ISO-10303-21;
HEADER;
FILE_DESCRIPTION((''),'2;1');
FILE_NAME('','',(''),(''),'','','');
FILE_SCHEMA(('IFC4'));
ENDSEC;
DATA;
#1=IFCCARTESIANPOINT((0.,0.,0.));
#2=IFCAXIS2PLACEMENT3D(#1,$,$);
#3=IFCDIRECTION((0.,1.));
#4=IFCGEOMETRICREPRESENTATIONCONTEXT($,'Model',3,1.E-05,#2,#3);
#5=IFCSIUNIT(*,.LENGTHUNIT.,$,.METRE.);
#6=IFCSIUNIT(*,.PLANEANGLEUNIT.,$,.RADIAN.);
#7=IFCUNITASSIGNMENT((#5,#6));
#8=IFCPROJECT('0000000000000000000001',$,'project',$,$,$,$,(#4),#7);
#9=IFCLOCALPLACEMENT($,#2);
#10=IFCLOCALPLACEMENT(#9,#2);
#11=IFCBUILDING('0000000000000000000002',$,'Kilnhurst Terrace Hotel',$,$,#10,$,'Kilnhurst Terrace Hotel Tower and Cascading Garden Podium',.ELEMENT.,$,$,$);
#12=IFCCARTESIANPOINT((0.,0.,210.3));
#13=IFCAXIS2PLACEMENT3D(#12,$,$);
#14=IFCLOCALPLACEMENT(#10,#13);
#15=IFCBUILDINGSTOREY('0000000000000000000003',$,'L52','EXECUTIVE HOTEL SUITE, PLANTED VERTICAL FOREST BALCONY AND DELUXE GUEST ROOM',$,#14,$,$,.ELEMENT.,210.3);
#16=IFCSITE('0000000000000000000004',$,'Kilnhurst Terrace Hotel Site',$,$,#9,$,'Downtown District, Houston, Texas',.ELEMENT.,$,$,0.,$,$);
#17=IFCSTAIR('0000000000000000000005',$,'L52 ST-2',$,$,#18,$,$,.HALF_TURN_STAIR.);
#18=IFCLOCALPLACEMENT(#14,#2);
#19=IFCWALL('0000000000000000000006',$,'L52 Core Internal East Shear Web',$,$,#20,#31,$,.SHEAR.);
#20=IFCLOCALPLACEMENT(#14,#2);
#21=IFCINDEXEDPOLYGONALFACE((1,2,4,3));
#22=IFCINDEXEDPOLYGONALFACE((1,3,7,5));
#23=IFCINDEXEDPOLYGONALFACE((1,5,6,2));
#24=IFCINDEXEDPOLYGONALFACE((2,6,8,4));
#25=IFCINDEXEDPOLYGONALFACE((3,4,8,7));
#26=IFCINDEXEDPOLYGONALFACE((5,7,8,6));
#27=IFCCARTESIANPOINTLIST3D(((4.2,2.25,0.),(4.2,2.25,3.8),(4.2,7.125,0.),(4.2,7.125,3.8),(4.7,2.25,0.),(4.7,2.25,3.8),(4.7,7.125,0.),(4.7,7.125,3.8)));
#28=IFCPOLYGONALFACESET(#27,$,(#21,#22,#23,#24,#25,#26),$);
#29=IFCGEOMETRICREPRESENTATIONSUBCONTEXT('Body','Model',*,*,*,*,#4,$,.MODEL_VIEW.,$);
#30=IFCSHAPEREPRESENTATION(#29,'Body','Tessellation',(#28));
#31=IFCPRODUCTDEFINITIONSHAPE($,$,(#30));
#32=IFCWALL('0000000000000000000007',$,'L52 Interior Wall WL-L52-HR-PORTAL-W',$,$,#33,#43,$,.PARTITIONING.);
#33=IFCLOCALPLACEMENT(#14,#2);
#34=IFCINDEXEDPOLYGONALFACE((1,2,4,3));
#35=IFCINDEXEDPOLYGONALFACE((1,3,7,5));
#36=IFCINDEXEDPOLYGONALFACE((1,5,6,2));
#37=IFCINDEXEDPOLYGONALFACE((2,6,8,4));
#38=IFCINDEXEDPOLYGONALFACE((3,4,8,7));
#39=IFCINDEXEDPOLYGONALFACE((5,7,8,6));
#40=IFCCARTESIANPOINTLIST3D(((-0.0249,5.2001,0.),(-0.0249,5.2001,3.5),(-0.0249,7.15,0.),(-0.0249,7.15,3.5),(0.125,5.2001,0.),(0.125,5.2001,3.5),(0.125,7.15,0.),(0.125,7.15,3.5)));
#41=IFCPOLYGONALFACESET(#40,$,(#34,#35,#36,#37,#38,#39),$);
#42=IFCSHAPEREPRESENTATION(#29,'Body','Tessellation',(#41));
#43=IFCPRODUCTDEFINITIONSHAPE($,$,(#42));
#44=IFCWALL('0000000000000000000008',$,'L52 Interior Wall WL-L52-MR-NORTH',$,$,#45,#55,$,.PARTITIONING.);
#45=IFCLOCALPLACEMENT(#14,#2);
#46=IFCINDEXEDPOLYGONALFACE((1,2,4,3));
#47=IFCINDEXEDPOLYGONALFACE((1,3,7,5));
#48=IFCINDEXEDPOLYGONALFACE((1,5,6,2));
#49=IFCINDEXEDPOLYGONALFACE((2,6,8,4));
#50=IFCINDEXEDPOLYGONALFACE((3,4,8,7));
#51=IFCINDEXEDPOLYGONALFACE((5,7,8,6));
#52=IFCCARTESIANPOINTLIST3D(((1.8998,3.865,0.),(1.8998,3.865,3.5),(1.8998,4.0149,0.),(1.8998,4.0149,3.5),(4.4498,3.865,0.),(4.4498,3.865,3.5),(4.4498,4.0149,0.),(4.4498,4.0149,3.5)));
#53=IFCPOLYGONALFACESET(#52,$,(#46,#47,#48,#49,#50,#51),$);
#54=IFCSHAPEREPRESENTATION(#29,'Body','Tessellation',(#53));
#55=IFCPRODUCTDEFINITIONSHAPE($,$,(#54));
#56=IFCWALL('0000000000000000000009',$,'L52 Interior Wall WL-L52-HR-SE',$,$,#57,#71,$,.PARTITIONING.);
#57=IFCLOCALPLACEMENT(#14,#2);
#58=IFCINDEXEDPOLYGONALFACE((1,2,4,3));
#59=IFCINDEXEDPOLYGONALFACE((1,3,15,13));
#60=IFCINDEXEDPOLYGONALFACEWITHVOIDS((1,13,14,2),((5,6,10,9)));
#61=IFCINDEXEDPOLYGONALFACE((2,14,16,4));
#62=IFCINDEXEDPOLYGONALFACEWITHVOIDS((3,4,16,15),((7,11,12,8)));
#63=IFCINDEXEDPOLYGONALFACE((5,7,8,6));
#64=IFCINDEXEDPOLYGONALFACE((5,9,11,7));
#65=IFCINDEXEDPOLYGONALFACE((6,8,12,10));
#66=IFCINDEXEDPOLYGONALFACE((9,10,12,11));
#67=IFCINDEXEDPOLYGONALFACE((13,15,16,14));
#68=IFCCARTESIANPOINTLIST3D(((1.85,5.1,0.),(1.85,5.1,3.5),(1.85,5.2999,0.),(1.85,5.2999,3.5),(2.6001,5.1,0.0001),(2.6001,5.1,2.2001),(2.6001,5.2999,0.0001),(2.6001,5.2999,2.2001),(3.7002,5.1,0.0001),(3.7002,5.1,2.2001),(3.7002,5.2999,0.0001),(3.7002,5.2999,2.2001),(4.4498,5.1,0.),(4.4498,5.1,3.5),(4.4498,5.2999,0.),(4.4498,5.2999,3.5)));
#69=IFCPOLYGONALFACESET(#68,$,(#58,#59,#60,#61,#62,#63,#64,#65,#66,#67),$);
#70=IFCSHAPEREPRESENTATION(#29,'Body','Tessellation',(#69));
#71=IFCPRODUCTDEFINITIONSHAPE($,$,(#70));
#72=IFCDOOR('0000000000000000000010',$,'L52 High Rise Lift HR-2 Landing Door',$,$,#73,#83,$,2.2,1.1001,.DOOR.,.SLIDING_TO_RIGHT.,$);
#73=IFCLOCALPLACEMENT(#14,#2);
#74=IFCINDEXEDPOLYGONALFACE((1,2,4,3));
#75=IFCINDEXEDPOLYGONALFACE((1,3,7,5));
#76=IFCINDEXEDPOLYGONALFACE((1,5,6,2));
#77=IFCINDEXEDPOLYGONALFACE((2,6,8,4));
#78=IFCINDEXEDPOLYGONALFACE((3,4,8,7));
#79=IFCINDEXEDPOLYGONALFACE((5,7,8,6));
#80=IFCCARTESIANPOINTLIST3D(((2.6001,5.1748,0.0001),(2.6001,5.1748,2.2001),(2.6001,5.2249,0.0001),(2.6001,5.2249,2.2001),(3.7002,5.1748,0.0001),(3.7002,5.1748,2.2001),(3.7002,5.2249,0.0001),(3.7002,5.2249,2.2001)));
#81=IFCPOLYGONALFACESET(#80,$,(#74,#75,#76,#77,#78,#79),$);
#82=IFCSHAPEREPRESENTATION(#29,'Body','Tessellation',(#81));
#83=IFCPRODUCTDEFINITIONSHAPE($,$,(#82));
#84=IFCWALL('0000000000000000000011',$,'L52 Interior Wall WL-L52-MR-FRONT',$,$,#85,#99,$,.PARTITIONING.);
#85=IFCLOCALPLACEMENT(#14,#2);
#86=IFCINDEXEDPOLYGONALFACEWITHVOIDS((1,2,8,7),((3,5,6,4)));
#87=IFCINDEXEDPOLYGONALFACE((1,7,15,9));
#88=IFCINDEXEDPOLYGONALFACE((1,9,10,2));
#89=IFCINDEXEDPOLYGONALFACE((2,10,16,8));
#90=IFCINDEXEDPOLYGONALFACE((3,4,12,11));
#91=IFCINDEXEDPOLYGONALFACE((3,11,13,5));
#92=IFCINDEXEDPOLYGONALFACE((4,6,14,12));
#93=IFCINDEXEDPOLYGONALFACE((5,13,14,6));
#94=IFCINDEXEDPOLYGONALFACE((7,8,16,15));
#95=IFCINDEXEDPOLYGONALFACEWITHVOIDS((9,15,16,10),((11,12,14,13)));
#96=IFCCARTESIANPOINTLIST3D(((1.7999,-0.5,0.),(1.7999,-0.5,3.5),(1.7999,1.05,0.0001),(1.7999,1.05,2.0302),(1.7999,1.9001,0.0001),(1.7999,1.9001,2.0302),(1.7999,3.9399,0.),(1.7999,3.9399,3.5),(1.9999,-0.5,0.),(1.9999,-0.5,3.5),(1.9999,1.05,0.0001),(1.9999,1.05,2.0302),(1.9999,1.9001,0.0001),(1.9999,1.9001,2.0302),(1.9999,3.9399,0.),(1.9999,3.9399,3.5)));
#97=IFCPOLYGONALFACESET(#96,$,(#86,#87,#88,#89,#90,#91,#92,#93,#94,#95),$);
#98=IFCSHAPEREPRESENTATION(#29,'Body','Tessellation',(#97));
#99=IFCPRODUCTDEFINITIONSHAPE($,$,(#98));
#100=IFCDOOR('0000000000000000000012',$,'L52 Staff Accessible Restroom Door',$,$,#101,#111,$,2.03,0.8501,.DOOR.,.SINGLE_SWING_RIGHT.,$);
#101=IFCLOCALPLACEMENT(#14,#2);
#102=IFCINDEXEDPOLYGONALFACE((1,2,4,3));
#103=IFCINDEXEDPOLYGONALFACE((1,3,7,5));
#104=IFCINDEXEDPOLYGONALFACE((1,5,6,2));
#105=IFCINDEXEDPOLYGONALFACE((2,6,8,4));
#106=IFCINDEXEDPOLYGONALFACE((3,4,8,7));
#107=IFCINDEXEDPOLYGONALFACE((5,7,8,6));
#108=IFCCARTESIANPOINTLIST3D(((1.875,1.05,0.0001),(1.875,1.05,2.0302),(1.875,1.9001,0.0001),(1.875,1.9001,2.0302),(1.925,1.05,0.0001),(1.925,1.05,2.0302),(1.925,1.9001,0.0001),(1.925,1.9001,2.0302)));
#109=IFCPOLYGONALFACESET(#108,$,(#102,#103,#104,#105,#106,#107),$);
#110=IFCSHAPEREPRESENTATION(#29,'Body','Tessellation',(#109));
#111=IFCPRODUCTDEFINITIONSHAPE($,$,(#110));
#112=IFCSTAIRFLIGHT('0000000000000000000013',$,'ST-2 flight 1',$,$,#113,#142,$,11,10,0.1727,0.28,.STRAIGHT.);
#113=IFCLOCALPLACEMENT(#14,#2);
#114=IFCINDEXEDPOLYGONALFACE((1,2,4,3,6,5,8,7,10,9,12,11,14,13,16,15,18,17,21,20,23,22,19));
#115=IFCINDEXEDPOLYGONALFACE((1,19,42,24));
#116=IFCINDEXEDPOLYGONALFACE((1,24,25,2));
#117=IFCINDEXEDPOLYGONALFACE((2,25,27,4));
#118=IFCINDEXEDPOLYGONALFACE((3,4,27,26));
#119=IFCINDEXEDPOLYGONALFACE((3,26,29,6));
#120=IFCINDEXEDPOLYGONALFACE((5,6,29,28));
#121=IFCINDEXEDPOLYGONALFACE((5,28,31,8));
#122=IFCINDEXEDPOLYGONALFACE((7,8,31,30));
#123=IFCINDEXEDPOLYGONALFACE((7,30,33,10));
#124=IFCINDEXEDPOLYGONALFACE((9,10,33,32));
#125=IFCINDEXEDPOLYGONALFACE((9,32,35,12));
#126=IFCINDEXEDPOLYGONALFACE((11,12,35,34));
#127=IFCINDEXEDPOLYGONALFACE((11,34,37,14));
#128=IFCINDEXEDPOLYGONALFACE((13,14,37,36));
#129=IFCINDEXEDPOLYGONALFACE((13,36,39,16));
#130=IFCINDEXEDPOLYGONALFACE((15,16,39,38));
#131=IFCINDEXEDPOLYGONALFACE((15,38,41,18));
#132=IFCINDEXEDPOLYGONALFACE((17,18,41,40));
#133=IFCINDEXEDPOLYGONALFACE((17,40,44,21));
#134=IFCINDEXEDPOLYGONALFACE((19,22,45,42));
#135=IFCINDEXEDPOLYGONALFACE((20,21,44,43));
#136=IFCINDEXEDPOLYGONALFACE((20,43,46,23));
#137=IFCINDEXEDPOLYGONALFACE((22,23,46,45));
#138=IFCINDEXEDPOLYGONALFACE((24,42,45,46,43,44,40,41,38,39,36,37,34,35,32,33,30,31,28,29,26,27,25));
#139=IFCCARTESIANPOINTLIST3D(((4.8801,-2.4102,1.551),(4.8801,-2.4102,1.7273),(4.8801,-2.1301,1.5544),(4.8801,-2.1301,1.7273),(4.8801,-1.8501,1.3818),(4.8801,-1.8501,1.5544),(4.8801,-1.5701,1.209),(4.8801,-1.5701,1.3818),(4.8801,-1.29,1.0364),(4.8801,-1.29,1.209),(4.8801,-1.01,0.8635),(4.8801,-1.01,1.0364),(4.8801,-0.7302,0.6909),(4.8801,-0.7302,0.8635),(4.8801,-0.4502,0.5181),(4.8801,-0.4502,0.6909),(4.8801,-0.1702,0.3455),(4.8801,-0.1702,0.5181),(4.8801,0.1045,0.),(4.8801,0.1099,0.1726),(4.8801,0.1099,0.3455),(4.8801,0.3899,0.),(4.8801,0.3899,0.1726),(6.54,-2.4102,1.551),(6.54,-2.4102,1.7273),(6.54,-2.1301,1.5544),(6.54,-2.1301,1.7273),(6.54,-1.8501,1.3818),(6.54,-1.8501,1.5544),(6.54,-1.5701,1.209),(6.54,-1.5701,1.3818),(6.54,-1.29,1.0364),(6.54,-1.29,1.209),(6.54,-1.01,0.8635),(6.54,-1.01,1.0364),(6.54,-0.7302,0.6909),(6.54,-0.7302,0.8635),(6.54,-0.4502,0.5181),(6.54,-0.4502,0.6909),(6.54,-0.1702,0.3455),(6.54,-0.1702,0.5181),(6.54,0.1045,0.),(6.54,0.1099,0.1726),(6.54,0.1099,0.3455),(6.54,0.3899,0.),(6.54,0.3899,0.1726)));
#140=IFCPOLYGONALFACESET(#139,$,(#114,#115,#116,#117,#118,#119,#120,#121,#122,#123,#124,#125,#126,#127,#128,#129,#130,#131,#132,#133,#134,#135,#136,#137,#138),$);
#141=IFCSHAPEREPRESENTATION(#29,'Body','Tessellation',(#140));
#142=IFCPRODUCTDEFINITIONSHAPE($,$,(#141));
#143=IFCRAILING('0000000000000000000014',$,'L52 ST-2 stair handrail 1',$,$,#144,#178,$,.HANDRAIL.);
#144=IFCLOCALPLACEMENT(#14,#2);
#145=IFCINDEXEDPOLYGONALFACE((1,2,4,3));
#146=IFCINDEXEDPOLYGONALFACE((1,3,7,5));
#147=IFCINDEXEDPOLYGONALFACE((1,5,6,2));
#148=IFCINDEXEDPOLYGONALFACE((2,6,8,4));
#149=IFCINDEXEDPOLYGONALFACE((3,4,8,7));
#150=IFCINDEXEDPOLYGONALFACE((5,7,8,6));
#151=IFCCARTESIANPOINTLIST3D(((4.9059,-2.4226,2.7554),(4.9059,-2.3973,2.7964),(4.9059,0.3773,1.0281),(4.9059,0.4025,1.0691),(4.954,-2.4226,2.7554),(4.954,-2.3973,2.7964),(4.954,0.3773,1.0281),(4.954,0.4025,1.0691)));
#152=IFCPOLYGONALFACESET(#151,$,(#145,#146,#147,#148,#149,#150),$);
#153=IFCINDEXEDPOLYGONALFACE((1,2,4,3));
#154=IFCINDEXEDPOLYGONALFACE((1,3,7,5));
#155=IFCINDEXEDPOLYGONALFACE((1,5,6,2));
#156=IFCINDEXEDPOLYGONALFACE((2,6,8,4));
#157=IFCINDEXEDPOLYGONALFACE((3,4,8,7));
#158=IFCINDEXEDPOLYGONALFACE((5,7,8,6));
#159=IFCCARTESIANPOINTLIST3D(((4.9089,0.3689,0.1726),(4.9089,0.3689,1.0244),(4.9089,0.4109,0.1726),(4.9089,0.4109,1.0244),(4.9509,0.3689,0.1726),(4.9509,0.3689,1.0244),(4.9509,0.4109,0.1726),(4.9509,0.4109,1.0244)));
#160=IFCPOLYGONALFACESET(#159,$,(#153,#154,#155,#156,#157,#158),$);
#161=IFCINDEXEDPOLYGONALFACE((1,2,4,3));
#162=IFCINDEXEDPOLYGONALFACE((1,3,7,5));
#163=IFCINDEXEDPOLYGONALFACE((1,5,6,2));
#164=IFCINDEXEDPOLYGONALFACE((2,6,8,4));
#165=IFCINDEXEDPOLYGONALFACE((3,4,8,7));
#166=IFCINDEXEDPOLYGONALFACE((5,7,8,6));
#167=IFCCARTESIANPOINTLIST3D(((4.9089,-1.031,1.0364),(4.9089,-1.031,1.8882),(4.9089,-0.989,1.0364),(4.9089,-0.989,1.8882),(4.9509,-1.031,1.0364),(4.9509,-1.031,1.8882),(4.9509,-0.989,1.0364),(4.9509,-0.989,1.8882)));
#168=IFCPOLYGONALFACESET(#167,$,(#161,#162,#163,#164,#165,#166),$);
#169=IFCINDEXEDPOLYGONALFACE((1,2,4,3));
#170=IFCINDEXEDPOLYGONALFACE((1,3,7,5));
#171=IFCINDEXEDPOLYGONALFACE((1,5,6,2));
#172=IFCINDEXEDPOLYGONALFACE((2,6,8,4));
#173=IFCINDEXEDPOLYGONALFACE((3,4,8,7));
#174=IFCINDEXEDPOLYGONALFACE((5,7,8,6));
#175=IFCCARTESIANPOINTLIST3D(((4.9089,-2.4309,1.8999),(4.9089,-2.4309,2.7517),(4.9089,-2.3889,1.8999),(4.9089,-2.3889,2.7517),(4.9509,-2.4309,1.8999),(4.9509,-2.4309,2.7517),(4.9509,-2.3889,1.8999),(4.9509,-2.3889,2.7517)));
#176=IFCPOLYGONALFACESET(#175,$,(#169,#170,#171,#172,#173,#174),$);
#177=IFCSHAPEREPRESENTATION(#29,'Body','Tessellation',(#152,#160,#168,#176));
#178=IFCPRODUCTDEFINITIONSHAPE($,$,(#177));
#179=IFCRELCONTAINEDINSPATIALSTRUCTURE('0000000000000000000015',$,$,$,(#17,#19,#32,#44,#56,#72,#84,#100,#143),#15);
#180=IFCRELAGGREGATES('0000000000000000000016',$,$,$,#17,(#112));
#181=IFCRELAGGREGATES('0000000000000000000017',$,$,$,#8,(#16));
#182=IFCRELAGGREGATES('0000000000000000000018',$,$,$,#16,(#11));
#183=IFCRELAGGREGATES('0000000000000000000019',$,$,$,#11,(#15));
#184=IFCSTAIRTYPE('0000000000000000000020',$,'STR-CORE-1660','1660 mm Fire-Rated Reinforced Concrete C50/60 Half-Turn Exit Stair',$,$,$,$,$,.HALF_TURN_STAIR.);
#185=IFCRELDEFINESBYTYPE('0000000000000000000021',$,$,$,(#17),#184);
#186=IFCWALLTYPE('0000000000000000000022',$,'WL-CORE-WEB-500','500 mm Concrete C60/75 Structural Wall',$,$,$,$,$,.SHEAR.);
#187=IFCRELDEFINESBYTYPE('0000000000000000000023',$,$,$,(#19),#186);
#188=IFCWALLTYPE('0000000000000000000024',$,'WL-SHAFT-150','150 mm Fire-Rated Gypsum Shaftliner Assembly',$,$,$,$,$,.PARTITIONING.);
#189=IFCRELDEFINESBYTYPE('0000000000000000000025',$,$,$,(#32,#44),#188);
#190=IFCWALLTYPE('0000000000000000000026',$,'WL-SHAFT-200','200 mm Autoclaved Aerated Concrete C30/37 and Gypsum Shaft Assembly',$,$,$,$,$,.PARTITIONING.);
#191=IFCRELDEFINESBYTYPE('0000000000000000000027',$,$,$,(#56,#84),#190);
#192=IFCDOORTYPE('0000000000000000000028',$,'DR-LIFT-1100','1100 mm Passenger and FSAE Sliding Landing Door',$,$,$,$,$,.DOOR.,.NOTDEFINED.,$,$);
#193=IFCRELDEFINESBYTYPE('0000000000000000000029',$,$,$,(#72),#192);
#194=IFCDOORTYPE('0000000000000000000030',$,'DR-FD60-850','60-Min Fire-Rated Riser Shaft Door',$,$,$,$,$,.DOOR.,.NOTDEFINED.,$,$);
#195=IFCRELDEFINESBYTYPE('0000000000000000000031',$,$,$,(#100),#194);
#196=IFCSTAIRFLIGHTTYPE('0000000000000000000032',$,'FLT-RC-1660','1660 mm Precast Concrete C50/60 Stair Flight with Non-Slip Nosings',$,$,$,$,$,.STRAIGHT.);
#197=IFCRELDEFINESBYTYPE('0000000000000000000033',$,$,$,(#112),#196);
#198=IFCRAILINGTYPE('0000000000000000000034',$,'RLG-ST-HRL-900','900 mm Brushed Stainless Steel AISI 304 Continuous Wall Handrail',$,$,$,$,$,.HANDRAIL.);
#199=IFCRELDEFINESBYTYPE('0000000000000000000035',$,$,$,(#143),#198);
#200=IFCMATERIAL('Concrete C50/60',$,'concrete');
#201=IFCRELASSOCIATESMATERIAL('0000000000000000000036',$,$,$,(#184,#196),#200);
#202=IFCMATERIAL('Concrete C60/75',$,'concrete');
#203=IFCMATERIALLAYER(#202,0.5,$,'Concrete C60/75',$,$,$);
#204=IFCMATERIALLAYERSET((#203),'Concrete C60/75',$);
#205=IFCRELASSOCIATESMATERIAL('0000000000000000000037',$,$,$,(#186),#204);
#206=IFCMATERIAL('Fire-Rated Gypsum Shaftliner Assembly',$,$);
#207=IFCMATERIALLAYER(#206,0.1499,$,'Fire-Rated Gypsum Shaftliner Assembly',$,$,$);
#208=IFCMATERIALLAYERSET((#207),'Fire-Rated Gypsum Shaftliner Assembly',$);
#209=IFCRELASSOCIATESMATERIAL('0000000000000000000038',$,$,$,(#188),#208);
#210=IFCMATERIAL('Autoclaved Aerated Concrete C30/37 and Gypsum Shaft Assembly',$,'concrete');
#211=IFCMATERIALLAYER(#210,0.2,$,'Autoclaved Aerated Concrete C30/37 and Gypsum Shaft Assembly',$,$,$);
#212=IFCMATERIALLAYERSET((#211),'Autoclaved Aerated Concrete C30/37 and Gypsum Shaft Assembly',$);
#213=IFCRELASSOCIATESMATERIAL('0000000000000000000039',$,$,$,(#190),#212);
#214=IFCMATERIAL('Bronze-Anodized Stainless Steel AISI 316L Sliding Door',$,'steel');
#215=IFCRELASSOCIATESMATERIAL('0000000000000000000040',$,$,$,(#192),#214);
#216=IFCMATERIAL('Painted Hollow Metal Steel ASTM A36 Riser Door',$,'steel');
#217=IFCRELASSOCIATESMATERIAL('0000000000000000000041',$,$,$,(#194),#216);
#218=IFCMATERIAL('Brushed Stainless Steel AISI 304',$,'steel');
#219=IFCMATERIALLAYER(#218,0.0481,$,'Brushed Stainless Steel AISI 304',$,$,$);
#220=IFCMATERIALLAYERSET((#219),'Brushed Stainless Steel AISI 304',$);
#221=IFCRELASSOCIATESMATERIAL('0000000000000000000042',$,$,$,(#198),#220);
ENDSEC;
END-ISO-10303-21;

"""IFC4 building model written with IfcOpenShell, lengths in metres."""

from ifc_helpers import new_model, si_unit, direction, frame, frame_2d, origin, origin_2d, place, context, subcontext, project, spatial, polyline, rectangle, outline, extrude, material, layer, layer_set, type_object, element, fill, aggregate, save


model = new_model("IFC4")

# Units and contexts
model_context = context("Model", 3, precision=1e-05, world=origin(), true_north=direction((0.0, 1.0)))
body_context = subcontext(model_context, "Body", "Model", "MODEL_VIEW")
ifc_project = project(units=[si_unit("LENGTHUNIT", "METRE"), si_unit("PLANEANGLEUNIT", "RADIAN")], contexts=[model_context])

# Site, building, storey
site_placement = place(None, origin())
site = spatial("IfcSite", under=ifc_project, at=site_placement, Name="Kilnhurst Terrace Hotel Site", LongName="Downtown District, Houston, Texas", CompositionType="ELEMENT", RefElevation=0.0)
building_placement = place(site_placement, origin())
building = spatial("IfcBuilding", under=site, at=building_placement, Name="Kilnhurst Terrace Hotel", LongName="Kilnhurst Terrace Hotel Tower and Cascading Garden Podium", CompositionType="ELEMENT")
storey_placement = place(building_placement, frame((0.0, 0.0, 210.3)))
storey = spatial("IfcBuildingStorey", under=building, at=storey_placement, Name="L52", Description="EXECUTIVE HOTEL SUITE, PLANTED VERTICAL FOREST BALCONY AND DELUXE GUEST ROOM", CompositionType="ELEMENT", Elevation=210.3)

# Shared definitions
ifc_material_1 = material(Name="Concrete C50/60", Category="concrete")

# Stair
stair_type = type_object("IfcStairType", Name="STR-CORE-1660", Description="1660 mm Fire-Rated Reinforced Concrete C50/60 Half-Turn Exit Stair", PredefinedType="HALF_TURN_STAIR", material=ifc_material_1)
stair_1_placement = place(storey_placement, origin())
stair_1 = element("IfcStair", 1, at=stair_1_placement, inside=storey, type_object=stair_type, Name="L52 ST-2", PredefinedType="HALF_TURN_STAIR")

# Walls
ifc_material_2 = material(Name="Concrete C60/75", Category="concrete")
ifc_layer_1 = layer(ifc_material_2, 0.5, Name="Concrete C60/75")
ifc_layer_set_1 = layer_set([ifc_layer_1], Name="Concrete C60/75")
wall_type_1 = type_object("IfcWallType", Name="WL-CORE-WEB-500", Description="500 mm Concrete C60/75 Structural Wall", PredefinedType="SHEAR", material=ifc_layer_set_1)
wall_1_placement = place(storey_placement, frame((4.45, 2.25, 0.0), z_axis=(0.0, 0.0, 1.0), x_axis=(0.0, 1.0, 0.0)))
element("IfcWall", 2, at=wall_1_placement, inside=storey, type_object=wall_type_1, Name="L52 Core Internal East Shear Web", PredefinedType="SHEAR", context=body_context, shape_type="SweptSolid", body=[
    extrude(rectangle(XDim=4.875, YDim=0.5, at=frame_2d((2.4375, 0.0))), origin(), (0.0, 0.0, 1.0), 3.8),
])
ifc_material_3 = material(Name="Fire-Rated Gypsum Shaftliner Assembly")
ifc_layer_2 = layer(ifc_material_3, 0.1499, Name="Fire-Rated Gypsum Shaftliner Assembly")
ifc_layer_set_2 = layer_set([ifc_layer_2], Name="Fire-Rated Gypsum Shaftliner Assembly")
wall_type_2 = type_object("IfcWallType", Name="WL-SHAFT-150", Description="150 mm Fire-Rated Gypsum Shaftliner Assembly", PredefinedType="PARTITIONING", material=ifc_layer_set_2)
wall_2_placement = place(storey_placement, frame((0.05, 5.2, 0.0), z_axis=(0.0, 0.0, 1.0), x_axis=(0.0, 1.0, 0.0)))
element("IfcWall", 3, at=wall_2_placement, inside=storey, type_object=wall_type_2, Name="L52 Interior Wall WL-L52-HR-PORTAL-W", PredefinedType="PARTITIONING", context=body_context, shape_type="SweptSolid", body=[
    extrude(rectangle(XDim=1.95, YDim=0.1499, at=frame_2d((0.9751, 0.0))), origin(), (0.0, 0.0, 1.0), 3.5),
])
wall_3_placement = place(storey_placement, frame((1.8999, 3.9399, 0.0), z_axis=(0.0, 0.0, 1.0), x_axis=(1.0, 0.0, 0.0)))
element("IfcWall", 4, at=wall_3_placement, inside=storey, type_object=wall_type_2, Name="L52 Interior Wall WL-L52-MR-NORTH", PredefinedType="PARTITIONING", context=body_context, shape_type="SweptSolid", body=[
    extrude(rectangle(XDim=2.55, YDim=0.1499, at=frame_2d((1.2749, 0.0))), origin(), (0.0, 0.0, 1.0), 3.5),
])

# Walls, openings, doors
ifc_material_4 = material(Name="Autoclaved Aerated Concrete C30/37 and Gypsum Shaft Assembly", Category="concrete")
ifc_layer_3 = layer(ifc_material_4, 0.2, Name="Autoclaved Aerated Concrete C30/37 and Gypsum Shaft Assembly")
ifc_layer_set_3 = layer_set([ifc_layer_3], Name="Autoclaved Aerated Concrete C30/37 and Gypsum Shaft Assembly")
wall_type_3 = type_object("IfcWallType", Name="WL-SHAFT-200", Description="200 mm Autoclaved Aerated Concrete C30/37 and Gypsum Shaft Assembly", PredefinedType="PARTITIONING", material=ifc_layer_set_3)
wall_4_placement = place(storey_placement, frame((1.8501, 5.2, 0.0), z_axis=(0.0, 0.0, 1.0), x_axis=(1.0, 0.0, 0.0)))
wall_4 = element("IfcWall", 5, at=wall_4_placement, inside=storey, type_object=wall_type_3, Name="L52 Interior Wall WL-L52-HR-SE", PredefinedType="PARTITIONING", context=body_context, shape_type="SweptSolid", body=[
    extrude(rectangle(XDim=2.5999, YDim=0.2, at=frame_2d((1.2998, 0.0))), origin(), (0.0, 0.0, 1.0), 3.5),
])
opening_1_placement = place(wall_4_placement, frame((0.75, 0.0, 0.0)))
opening_1 = element("IfcOpeningElement", 6, at=opening_1_placement, cuts=wall_4, PredefinedType="OPENING", context=body_context, shape_type="SweptSolid", body=[
    extrude(rectangle(XDim=1.1001, YDim=2.2, at=frame_2d((0.55, 1.1001))), frame((0.0, 0.1099, 0.0), z_axis=(0.0, -1.0, 0.0), x_axis=(1.0, 0.0, 0.0)), (0.0, 0.0, 1.0), 0.22),
])
ifc_material_5 = material(Name="Bronze-Anodized Stainless Steel AISI 316L Sliding Door", Category="steel")
door_type_1 = type_object("IfcDoorType", Name="DR-LIFT-1100", Description="1100 mm Passenger and FSAE Sliding Landing Door", OperationType="NOTDEFINED", PredefinedType="DOOR", material=ifc_material_5)
door_1_placement = place(opening_1_placement, origin())
door_1 = element("IfcDoor", 7, at=door_1_placement, inside=storey, type_object=door_type_1, Name="L52 High Rise Lift HR-2 Landing Door", OperationType="SLIDING_TO_RIGHT", OverallHeight=2.2, OverallWidth=1.1001, PredefinedType="DOOR", context=body_context, shape_type="SweptSolid", body=[
    extrude(rectangle(XDim=1.1001, YDim=2.2, at=frame_2d((0.55, 1.1001))), frame((0.0, 0.0249, 0.0), z_axis=(0.0, -1.0, 0.0), x_axis=(1.0, 0.0, 0.0)), (0.0, 0.0, 1.0), 0.05),
])
fill(opening_1, door_1)
wall_5_placement = place(storey_placement, frame((1.8999, -0.5, 0.0), z_axis=(0.0, 0.0, 1.0), x_axis=(0.0, 1.0, 0.0)))
wall_5 = element("IfcWall", 8, at=wall_5_placement, inside=storey, type_object=wall_type_3, Name="L52 Interior Wall WL-L52-MR-FRONT", PredefinedType="PARTITIONING", context=body_context, shape_type="SweptSolid", body=[
    extrude(rectangle(XDim=4.4399, YDim=0.2, at=frame_2d((2.22, 0.0))), origin(), (0.0, 0.0, 1.0), 3.5),
])
opening_2_placement = place(wall_5_placement, frame((1.55, 0.0, 0.0)))
opening_2 = element("IfcOpeningElement", 9, at=opening_2_placement, cuts=wall_5, PredefinedType="OPENING", context=body_context, shape_type="SweptSolid", body=[
    extrude(rectangle(XDim=0.8501, YDim=2.03, at=frame_2d((0.425, 1.0151))), frame((0.0, 0.1099, 0.0), z_axis=(0.0, -1.0, 0.0), x_axis=(1.0, 0.0, 0.0)), (0.0, 0.0, 1.0), 0.22),
])
ifc_material_6 = material(Name="Painted Hollow Metal Steel ASTM A36 Riser Door", Category="steel")
door_type_2 = type_object("IfcDoorType", Name="DR-FD60-850", Description="60-Min Fire-Rated Riser Shaft Door", OperationType="NOTDEFINED", PredefinedType="DOOR", material=ifc_material_6)
door_2_placement = place(opening_2_placement, origin())
door_2 = element("IfcDoor", 10, at=door_2_placement, inside=storey, type_object=door_type_2, Name="L52 Staff Accessible Restroom Door", OperationType="SINGLE_SWING_RIGHT", OverallHeight=2.03, OverallWidth=0.8501, PredefinedType="DOOR", context=body_context, shape_type="SweptSolid", body=[
    extrude(rectangle(XDim=0.8501, YDim=2.03, at=frame_2d((0.425, 1.0151))), frame((0.0, 0.0249, 0.0), z_axis=(0.0, -1.0, 0.0), x_axis=(1.0, 0.0, 0.0)), (0.0, 0.0, 1.0), 0.05),
])
fill(opening_2, door_2)

# Stair flight
stair_flight_type = type_object("IfcStairFlightType", Name="FLT-RC-1660", Description="1660 mm Precast Concrete C50/60 Stair Flight with Non-Slip Nosings", PredefinedType="STRAIGHT", material=ifc_material_1)
stair_flight_placement = place(storey_placement, frame((5.71, 0.3899, 0.0), z_axis=(0.0, 0.0, 1.0), x_axis=(0.0, -1.0, 0.0)))
stair_flight = element("IfcStairFlight", 11, at=stair_flight_placement, type_object=stair_flight_type, Name="ST-2 flight 1", NumberOfRisers=11, NumberOfTreads=10, PredefinedType="STRAIGHT", RiserHeight=0.1727, TreadLength=0.28, context=body_context, shape_type="SweptSolid", body=[
    extrude(outline(polyline([(0.0, 0.0), (0.0, 0.1726), (0.28, 0.1726), (0.28, 0.3455), (0.5601, 0.3455), (0.5601, 0.5181), (0.8401, 0.5181), (0.8401, 0.6909), (1.1201, 0.6909), (1.1201, 0.8635), (1.3999, 0.8635), (1.3999, 1.0364), (1.6799, 1.0364), (1.6799, 1.209), (1.96, 1.209), (1.96, 1.3818), (2.24, 1.3818), (2.24, 1.5544), (2.52, 1.5544), (2.52, 1.7273), (2.8, 1.7273), (2.8, 1.8999), (2.8, 1.551), (0.2854, 0.0), (0.0, 0.0)])), frame((0.0, 0.8301, 0.0), z_axis=(0.0, -1.0, 0.0), x_axis=(1.0, 0.0, 0.0)), (0.0, 0.0, 1.0), 1.6599),
])
aggregate(stair_1, [stair_flight])

# Railing
ifc_material_7 = material(Name="Brushed Stainless Steel AISI 304", Category="steel")
ifc_layer_4 = layer(ifc_material_7, 0.0481, Name="Brushed Stainless Steel AISI 304")
ifc_layer_set_4 = layer_set([ifc_layer_4], Name="Brushed Stainless Steel AISI 304")
railing_type = type_object("IfcRailingType", Name="RLG-ST-HRL-900", Description="900 mm Brushed Stainless Steel AISI 304 Continuous Wall Handrail", PredefinedType="HANDRAIL", material=ifc_layer_set_4)
railing_placement = place(storey_placement, frame((4.9299, 0.3899, 0.1726)))
element("IfcRailing", 12, at=railing_placement, inside=storey, type_object=railing_type, Name="L52 ST-2 stair handrail 1", PredefinedType="HANDRAIL", context=body_context, shape_type="SweptSolid", body=[
    extrude(rectangle(XDim=0.0481, YDim=0.0481, at=origin_2d()), frame((0.0, 0.0, 0.876), z_axis=(0.0, -0.851069, 0.525054), x_axis=(1.0, 0.0, 0.0)), (0.0, 0.0, 1.0), 3.2898),
    extrude(rectangle(XDim=0.042, YDim=0.042, at=origin_2d()), origin(), (0.0, 0.0, 1.0), 0.8518),
    extrude(rectangle(XDim=0.042, YDim=0.042, at=origin_2d()), frame((0.0, -1.3999, 0.8638)), (0.0, 0.0, 1.0), 0.8518),
    extrude(rectangle(XDim=0.042, YDim=0.042, at=origin_2d()), frame((0.0, -2.7998, 1.7273)), (0.0, 0.0, 1.0), 0.8518),
])

save(model, "model.ifc")
